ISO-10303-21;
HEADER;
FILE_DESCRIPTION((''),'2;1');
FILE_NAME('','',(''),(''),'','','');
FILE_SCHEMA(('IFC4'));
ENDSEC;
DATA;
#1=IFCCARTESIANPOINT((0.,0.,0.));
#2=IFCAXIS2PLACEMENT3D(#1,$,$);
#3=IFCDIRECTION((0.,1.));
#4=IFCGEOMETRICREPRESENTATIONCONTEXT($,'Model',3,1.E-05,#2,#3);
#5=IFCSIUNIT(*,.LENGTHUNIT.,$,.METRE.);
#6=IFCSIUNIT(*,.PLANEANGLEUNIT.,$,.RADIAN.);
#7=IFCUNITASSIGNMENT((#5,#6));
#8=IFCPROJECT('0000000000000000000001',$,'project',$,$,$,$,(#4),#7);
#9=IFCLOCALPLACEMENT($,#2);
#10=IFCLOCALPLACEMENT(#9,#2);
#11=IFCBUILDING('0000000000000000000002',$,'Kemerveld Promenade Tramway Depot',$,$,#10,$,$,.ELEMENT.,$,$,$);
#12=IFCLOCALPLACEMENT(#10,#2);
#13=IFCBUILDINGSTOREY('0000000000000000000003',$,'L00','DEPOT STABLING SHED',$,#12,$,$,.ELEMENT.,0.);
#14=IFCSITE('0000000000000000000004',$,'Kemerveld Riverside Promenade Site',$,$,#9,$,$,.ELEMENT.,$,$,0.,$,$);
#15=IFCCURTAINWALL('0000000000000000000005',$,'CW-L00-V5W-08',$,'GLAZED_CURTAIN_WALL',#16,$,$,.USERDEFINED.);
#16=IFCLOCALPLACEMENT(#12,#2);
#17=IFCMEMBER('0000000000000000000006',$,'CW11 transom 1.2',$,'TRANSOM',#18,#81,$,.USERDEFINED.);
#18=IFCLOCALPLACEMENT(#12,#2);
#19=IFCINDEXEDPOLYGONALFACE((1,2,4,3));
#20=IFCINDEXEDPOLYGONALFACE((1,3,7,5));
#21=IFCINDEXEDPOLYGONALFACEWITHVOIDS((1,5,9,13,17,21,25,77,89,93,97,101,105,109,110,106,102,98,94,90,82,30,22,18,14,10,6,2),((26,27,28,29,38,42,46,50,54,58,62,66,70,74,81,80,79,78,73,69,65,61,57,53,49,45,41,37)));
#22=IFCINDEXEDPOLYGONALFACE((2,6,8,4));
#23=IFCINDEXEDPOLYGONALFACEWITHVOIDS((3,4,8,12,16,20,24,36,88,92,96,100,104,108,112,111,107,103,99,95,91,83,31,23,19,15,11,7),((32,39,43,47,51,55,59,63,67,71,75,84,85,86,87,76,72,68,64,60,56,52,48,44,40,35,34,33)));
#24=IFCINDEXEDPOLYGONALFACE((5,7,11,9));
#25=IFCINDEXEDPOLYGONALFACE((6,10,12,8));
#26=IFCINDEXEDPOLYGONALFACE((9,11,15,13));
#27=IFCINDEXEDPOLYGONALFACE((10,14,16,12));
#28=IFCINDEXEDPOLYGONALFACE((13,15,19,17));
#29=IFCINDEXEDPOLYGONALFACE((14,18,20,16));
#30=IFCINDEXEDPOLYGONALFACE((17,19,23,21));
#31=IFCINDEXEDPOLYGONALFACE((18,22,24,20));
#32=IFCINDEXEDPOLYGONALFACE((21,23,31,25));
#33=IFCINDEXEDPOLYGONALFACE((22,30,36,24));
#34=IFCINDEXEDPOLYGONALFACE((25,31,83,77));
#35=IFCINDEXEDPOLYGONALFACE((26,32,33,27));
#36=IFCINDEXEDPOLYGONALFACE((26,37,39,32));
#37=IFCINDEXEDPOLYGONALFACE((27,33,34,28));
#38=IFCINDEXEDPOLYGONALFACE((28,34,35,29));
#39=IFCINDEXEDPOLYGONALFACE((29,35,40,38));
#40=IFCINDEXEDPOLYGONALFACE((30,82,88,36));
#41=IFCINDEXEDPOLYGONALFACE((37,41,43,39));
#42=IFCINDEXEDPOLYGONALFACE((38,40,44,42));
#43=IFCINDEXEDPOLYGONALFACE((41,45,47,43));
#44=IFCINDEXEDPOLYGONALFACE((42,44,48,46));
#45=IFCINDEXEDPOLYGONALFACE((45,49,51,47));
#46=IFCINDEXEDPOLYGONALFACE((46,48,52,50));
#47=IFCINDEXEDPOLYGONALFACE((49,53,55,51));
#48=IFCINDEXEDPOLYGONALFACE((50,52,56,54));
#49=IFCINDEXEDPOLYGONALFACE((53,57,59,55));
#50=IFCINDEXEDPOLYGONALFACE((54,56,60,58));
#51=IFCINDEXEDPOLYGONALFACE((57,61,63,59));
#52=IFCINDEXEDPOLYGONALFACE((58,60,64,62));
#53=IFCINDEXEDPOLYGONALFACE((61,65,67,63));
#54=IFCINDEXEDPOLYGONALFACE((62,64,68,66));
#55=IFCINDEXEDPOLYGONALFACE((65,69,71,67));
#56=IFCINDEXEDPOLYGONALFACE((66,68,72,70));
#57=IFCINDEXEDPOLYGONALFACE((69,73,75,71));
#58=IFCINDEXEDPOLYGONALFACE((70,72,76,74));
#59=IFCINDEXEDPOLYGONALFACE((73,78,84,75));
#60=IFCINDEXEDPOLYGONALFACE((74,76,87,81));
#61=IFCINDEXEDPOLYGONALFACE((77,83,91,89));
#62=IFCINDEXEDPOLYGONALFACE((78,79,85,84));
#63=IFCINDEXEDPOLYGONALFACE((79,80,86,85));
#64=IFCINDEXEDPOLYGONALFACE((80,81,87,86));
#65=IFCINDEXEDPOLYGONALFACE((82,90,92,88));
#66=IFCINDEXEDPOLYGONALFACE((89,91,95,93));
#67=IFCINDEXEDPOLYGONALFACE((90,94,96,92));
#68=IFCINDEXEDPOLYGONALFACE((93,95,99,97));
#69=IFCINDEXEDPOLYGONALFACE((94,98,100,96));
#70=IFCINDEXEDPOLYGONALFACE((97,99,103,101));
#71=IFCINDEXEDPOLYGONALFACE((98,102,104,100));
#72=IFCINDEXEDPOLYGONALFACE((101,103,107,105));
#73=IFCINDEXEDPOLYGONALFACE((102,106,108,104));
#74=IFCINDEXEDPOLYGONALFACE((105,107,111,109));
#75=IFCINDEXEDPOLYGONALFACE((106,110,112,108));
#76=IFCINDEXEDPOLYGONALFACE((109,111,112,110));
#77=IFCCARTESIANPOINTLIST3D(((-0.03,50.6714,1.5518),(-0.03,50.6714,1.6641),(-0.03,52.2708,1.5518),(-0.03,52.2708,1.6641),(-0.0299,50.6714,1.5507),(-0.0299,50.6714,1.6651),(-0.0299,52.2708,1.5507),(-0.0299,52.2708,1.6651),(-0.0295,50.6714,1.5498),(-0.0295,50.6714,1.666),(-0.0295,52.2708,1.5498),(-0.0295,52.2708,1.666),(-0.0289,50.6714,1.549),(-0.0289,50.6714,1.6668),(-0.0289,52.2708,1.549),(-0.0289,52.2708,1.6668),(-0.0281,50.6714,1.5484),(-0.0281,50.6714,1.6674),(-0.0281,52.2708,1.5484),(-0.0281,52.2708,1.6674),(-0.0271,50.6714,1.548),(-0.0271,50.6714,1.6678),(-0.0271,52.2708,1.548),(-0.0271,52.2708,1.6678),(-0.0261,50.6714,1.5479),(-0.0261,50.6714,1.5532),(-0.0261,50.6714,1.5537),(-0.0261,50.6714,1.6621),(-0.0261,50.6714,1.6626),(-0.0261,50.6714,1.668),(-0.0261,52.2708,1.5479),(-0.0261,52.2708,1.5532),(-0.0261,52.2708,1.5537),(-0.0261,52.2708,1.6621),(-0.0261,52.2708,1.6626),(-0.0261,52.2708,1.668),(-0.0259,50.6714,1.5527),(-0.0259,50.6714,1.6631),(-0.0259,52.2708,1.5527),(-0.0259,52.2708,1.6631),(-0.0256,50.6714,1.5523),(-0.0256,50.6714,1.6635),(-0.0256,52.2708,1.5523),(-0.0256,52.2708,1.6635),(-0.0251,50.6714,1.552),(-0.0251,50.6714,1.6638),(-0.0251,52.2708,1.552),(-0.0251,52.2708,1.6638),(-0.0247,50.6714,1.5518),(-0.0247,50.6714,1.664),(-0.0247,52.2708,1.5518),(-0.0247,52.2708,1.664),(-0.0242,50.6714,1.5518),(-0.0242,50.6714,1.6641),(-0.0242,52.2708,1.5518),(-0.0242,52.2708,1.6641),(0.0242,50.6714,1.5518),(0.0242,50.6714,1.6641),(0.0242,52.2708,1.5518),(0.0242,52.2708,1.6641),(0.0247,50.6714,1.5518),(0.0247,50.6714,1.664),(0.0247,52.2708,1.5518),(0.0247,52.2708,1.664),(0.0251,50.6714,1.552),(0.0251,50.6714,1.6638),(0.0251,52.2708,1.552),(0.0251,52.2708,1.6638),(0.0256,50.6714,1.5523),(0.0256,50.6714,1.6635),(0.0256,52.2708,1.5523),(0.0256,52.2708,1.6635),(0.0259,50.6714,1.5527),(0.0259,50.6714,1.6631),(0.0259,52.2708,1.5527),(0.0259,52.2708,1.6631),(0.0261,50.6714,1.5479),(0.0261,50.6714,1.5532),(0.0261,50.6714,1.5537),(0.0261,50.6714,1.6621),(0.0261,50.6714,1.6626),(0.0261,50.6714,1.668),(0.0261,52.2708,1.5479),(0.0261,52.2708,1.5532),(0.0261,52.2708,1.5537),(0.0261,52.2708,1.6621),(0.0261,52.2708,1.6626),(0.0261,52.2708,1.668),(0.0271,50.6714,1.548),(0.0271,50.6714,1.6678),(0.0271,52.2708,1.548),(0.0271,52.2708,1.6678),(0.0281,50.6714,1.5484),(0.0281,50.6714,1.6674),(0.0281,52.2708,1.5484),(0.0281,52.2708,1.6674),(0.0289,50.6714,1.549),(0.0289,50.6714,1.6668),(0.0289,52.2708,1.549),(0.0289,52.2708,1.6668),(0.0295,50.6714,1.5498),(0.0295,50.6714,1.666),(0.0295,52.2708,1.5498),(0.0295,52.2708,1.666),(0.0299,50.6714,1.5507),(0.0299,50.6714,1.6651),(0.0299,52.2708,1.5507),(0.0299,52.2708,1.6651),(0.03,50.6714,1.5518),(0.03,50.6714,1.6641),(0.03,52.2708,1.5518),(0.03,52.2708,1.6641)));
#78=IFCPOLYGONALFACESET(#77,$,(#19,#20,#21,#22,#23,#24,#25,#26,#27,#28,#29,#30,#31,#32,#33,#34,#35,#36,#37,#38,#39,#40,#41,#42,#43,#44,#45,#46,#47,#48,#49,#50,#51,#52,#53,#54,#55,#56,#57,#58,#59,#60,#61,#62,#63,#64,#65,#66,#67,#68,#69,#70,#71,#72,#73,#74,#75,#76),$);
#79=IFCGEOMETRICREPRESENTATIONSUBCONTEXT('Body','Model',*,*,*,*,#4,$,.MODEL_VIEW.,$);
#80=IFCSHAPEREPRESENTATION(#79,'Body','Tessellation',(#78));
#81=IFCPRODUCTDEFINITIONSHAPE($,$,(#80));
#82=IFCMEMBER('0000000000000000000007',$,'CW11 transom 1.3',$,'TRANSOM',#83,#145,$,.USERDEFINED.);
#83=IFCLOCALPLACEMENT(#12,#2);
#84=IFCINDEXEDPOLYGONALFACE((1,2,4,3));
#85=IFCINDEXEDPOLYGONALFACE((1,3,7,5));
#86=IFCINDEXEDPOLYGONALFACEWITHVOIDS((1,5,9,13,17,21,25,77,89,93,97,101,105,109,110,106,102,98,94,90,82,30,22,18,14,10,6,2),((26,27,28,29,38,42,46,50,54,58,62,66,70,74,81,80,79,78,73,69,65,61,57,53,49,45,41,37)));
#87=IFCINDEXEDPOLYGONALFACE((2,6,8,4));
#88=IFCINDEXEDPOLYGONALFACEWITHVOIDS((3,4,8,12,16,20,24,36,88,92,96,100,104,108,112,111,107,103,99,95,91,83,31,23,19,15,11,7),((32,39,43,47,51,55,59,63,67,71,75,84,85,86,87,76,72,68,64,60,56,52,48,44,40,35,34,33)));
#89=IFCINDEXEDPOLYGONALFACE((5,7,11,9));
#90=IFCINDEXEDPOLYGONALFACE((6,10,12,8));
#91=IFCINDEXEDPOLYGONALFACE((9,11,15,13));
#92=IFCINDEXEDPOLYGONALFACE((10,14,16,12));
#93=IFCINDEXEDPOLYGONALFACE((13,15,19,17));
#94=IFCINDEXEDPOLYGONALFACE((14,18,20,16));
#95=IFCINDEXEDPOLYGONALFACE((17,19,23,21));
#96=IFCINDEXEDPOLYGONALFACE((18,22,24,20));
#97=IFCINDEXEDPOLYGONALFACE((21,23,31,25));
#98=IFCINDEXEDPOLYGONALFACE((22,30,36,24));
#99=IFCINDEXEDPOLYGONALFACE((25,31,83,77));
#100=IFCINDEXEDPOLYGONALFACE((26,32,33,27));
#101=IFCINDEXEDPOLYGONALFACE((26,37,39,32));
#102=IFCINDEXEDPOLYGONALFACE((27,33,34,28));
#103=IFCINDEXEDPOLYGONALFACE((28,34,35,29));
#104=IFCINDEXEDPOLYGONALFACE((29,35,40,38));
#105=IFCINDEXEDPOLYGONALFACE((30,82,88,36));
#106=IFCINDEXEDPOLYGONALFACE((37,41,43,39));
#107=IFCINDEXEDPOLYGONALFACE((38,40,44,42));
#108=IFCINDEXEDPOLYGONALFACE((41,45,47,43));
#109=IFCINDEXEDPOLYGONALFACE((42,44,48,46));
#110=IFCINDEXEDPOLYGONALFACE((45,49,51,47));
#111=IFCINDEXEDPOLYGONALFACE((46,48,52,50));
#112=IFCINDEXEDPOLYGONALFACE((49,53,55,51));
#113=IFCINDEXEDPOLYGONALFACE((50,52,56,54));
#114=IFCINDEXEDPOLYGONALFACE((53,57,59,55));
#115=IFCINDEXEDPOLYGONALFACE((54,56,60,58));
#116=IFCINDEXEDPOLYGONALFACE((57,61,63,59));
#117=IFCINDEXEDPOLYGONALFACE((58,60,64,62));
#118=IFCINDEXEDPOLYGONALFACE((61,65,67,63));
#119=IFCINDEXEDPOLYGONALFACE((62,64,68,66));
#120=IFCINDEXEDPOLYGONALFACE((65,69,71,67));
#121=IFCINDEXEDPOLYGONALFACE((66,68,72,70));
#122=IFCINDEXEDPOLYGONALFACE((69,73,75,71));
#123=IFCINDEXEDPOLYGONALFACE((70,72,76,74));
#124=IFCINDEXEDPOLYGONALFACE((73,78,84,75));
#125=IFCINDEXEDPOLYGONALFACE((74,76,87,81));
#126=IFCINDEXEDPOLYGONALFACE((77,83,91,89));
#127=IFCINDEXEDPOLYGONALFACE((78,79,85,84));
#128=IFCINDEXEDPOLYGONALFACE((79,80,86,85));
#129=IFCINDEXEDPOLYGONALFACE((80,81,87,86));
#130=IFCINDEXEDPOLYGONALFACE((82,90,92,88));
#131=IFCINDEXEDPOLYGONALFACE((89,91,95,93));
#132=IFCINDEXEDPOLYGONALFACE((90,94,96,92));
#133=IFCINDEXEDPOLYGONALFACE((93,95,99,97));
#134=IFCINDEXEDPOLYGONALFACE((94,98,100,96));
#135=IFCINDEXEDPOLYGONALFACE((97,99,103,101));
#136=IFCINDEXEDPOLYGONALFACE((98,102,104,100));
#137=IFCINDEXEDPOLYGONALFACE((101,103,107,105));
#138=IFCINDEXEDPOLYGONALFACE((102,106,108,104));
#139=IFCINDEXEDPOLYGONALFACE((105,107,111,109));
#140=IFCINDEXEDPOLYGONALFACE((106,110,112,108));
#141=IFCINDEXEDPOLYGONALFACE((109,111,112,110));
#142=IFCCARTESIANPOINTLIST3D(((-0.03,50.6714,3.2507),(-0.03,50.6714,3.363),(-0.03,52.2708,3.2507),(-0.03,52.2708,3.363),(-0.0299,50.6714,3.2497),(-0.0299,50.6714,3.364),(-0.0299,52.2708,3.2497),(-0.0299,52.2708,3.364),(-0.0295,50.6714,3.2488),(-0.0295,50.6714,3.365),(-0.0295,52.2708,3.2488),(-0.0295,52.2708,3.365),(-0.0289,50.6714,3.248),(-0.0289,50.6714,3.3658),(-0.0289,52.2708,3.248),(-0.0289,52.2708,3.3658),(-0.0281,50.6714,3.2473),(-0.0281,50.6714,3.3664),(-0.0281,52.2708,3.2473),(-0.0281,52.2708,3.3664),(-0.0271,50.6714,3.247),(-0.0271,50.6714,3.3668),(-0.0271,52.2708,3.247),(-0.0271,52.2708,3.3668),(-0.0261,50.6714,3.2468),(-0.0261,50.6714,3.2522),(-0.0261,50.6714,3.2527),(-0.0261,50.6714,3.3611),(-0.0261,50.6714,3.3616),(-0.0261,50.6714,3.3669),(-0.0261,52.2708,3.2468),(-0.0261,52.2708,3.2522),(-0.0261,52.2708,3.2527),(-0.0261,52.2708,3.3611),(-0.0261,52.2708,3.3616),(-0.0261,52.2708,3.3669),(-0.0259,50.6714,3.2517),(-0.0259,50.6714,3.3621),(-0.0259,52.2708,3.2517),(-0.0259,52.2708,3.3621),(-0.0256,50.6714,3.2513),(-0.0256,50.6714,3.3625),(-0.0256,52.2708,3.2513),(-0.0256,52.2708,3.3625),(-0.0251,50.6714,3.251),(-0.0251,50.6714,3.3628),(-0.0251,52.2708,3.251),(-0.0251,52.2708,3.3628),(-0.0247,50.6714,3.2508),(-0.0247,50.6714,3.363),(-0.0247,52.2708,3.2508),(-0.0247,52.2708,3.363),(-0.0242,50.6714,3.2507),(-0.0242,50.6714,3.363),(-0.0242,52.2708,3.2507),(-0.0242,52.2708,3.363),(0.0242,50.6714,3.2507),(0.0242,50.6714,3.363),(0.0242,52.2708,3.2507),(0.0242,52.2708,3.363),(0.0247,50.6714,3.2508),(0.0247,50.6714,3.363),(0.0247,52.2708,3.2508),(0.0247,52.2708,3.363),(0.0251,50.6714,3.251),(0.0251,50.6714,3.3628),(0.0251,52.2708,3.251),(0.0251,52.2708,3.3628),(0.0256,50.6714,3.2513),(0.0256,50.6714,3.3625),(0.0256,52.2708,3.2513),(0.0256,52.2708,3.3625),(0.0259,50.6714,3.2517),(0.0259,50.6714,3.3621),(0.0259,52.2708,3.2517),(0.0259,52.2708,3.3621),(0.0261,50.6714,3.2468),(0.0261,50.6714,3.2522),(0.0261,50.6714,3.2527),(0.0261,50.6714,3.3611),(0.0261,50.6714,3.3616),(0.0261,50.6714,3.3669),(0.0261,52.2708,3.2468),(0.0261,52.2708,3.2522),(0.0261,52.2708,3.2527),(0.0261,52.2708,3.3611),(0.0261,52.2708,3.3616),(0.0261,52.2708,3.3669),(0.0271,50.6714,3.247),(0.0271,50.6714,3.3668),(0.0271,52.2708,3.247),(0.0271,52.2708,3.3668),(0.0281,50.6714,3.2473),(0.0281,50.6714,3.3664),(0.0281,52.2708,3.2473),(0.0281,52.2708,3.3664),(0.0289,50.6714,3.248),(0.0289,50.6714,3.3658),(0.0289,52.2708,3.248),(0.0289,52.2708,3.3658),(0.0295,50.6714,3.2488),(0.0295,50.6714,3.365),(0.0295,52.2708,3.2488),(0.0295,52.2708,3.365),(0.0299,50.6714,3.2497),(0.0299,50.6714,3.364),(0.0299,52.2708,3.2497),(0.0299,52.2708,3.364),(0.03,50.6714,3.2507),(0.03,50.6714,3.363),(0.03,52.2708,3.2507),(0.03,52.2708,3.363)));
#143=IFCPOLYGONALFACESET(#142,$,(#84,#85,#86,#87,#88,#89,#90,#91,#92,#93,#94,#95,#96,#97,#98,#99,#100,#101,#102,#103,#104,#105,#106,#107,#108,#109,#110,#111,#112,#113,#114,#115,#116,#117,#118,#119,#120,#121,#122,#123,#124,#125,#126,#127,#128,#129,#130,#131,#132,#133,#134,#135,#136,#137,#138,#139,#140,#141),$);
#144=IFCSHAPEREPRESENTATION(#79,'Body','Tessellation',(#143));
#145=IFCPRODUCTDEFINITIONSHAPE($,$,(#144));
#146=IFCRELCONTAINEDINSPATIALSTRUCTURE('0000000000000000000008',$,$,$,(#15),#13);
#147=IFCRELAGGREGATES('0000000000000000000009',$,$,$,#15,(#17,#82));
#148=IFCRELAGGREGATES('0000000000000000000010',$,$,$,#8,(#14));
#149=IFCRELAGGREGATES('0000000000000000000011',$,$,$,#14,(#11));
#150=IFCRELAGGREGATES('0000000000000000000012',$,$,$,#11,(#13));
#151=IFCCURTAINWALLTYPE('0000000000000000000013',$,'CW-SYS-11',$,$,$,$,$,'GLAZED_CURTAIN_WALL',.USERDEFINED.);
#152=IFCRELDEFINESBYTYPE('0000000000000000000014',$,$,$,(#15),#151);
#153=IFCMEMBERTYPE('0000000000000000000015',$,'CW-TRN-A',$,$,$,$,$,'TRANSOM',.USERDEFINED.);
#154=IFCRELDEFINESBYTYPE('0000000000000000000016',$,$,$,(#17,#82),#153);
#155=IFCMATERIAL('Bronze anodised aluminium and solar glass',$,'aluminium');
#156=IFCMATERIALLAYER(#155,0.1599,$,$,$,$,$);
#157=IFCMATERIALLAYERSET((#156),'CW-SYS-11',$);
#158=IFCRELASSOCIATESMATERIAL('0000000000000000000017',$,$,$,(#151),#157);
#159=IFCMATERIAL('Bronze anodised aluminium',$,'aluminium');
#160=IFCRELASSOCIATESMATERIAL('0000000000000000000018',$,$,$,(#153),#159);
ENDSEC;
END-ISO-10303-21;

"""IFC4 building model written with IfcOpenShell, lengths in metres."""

from ifc_helpers import new_model, si_unit, direction, frame, origin, origin_2d, place, context, subcontext, project, spatial, hollow_rectangle, extrude, material, layer, layer_set, material_profile, profile_set, type_object, element, aggregate, save


model = new_model("IFC4")

# Units and contexts
model_context = context("Model", 3, precision=1e-05, world=origin(), true_north=direction((0.0, 1.0)))
body_context = subcontext(model_context, "Body", "Model", "MODEL_VIEW")
ifc_project = project(units=[si_unit("LENGTHUNIT", "METRE"), si_unit("PLANEANGLEUNIT", "RADIAN")], contexts=[model_context])

# Site, building, storey
site_placement = place(None, origin())
site = spatial("IfcSite", under=ifc_project, at=site_placement, Name="Kemerveld Riverside Promenade Site", CompositionType="ELEMENT", RefElevation=0.0)
building_placement = place(site_placement, origin())
building = spatial("IfcBuilding", under=site, at=building_placement, Name="Kemerveld Promenade Tramway Depot", CompositionType="ELEMENT")
storey_placement = place(building_placement, origin())
storey = spatial("IfcBuildingStorey", under=building, at=storey_placement, Name="L00", Description="DEPOT STABLING SHED", CompositionType="ELEMENT", Elevation=0.0)

# Curtain wall, members
ifc_material_1 = material(Name="Bronze anodised aluminium and solar glass", Category="aluminium")
ifc_layer_1 = layer(ifc_material_1, 0.1599)
ifc_layer_set_1 = layer_set([ifc_layer_1], Name="CW-SYS-11")
curtain_wall_type = type_object("IfcCurtainWallType", Name="CW-SYS-11", ElementType="GLAZED_CURTAIN_WALL", PredefinedType="USERDEFINED", material=ifc_layer_set_1)
curtain_wall_placement = place(storey_placement, origin())
curtain_wall = element("IfcCurtainWall", 1, at=curtain_wall_placement, inside=storey, type_object=curtain_wall_type, Name="CW-L00-V5W-08", ObjectType="GLAZED_CURTAIN_WALL", PredefinedType="USERDEFINED")
ifc_material_2 = material(Name="Bronze anodised aluminium", Category="aluminium")
ifc_material_profile_1 = material_profile(ifc_material_2, hollow_rectangle(XDim=0.0601, YDim=0.1201, WallThickness=0.0039, InnerFilletRadius=0.002, OuterFilletRadius=0.0039, at=origin_2d()), Name="CW-TRN-120x60")
ifc_profile_set_1 = profile_set([ifc_material_profile_1], Name="Bronze anodised aluminium")
member_type_1 = type_object("IfcMemberType", Name="CW-TRN-A", ElementType="TRANSOM", PredefinedType="USERDEFINED", material=ifc_profile_set_1)
member_1_placement = place(storey_placement, frame((0.0, 50.6714, 1.6079), z_axis=(0.0, 1.0, 0.0), x_axis=(-1.0, 0.0, 0.0)))
member_1 = element("IfcMember", 2, at=member_1_placement, type_object=member_type_1, Name="CW11 transom 1.2", ObjectType="TRANSOM", PredefinedType="USERDEFINED", context=body_context, shape_type="SweptSolid", body=[
    extrude(hollow_rectangle(XDim=0.0601, YDim=0.1201, WallThickness=0.0039, InnerFilletRadius=0.002, OuterFilletRadius=0.0039, at=origin_2d()), origin(), (0.0, 0.0, 1.0), 1.5994),
])
member_2_placement = place(storey_placement, frame((0.0, 50.6714, 3.3069), z_axis=(0.0, 1.0, 0.0), x_axis=(-1.0, 0.0, 0.0)))
member_2 = element("IfcMember", 3, at=member_2_placement, type_object=member_type_1, Name="CW11 transom 1.3", ObjectType="TRANSOM", PredefinedType="USERDEFINED", context=body_context, shape_type="SweptSolid", body=[
    extrude(hollow_rectangle(XDim=0.0601, YDim=0.1201, WallThickness=0.0039, InnerFilletRadius=0.002, OuterFilletRadius=0.0039, at=origin_2d()), origin(), (0.0, 0.0, 1.0), 1.5994),
])
aggregate(curtain_wall, [member_1, member_2])

save(model, "model.ifc")
